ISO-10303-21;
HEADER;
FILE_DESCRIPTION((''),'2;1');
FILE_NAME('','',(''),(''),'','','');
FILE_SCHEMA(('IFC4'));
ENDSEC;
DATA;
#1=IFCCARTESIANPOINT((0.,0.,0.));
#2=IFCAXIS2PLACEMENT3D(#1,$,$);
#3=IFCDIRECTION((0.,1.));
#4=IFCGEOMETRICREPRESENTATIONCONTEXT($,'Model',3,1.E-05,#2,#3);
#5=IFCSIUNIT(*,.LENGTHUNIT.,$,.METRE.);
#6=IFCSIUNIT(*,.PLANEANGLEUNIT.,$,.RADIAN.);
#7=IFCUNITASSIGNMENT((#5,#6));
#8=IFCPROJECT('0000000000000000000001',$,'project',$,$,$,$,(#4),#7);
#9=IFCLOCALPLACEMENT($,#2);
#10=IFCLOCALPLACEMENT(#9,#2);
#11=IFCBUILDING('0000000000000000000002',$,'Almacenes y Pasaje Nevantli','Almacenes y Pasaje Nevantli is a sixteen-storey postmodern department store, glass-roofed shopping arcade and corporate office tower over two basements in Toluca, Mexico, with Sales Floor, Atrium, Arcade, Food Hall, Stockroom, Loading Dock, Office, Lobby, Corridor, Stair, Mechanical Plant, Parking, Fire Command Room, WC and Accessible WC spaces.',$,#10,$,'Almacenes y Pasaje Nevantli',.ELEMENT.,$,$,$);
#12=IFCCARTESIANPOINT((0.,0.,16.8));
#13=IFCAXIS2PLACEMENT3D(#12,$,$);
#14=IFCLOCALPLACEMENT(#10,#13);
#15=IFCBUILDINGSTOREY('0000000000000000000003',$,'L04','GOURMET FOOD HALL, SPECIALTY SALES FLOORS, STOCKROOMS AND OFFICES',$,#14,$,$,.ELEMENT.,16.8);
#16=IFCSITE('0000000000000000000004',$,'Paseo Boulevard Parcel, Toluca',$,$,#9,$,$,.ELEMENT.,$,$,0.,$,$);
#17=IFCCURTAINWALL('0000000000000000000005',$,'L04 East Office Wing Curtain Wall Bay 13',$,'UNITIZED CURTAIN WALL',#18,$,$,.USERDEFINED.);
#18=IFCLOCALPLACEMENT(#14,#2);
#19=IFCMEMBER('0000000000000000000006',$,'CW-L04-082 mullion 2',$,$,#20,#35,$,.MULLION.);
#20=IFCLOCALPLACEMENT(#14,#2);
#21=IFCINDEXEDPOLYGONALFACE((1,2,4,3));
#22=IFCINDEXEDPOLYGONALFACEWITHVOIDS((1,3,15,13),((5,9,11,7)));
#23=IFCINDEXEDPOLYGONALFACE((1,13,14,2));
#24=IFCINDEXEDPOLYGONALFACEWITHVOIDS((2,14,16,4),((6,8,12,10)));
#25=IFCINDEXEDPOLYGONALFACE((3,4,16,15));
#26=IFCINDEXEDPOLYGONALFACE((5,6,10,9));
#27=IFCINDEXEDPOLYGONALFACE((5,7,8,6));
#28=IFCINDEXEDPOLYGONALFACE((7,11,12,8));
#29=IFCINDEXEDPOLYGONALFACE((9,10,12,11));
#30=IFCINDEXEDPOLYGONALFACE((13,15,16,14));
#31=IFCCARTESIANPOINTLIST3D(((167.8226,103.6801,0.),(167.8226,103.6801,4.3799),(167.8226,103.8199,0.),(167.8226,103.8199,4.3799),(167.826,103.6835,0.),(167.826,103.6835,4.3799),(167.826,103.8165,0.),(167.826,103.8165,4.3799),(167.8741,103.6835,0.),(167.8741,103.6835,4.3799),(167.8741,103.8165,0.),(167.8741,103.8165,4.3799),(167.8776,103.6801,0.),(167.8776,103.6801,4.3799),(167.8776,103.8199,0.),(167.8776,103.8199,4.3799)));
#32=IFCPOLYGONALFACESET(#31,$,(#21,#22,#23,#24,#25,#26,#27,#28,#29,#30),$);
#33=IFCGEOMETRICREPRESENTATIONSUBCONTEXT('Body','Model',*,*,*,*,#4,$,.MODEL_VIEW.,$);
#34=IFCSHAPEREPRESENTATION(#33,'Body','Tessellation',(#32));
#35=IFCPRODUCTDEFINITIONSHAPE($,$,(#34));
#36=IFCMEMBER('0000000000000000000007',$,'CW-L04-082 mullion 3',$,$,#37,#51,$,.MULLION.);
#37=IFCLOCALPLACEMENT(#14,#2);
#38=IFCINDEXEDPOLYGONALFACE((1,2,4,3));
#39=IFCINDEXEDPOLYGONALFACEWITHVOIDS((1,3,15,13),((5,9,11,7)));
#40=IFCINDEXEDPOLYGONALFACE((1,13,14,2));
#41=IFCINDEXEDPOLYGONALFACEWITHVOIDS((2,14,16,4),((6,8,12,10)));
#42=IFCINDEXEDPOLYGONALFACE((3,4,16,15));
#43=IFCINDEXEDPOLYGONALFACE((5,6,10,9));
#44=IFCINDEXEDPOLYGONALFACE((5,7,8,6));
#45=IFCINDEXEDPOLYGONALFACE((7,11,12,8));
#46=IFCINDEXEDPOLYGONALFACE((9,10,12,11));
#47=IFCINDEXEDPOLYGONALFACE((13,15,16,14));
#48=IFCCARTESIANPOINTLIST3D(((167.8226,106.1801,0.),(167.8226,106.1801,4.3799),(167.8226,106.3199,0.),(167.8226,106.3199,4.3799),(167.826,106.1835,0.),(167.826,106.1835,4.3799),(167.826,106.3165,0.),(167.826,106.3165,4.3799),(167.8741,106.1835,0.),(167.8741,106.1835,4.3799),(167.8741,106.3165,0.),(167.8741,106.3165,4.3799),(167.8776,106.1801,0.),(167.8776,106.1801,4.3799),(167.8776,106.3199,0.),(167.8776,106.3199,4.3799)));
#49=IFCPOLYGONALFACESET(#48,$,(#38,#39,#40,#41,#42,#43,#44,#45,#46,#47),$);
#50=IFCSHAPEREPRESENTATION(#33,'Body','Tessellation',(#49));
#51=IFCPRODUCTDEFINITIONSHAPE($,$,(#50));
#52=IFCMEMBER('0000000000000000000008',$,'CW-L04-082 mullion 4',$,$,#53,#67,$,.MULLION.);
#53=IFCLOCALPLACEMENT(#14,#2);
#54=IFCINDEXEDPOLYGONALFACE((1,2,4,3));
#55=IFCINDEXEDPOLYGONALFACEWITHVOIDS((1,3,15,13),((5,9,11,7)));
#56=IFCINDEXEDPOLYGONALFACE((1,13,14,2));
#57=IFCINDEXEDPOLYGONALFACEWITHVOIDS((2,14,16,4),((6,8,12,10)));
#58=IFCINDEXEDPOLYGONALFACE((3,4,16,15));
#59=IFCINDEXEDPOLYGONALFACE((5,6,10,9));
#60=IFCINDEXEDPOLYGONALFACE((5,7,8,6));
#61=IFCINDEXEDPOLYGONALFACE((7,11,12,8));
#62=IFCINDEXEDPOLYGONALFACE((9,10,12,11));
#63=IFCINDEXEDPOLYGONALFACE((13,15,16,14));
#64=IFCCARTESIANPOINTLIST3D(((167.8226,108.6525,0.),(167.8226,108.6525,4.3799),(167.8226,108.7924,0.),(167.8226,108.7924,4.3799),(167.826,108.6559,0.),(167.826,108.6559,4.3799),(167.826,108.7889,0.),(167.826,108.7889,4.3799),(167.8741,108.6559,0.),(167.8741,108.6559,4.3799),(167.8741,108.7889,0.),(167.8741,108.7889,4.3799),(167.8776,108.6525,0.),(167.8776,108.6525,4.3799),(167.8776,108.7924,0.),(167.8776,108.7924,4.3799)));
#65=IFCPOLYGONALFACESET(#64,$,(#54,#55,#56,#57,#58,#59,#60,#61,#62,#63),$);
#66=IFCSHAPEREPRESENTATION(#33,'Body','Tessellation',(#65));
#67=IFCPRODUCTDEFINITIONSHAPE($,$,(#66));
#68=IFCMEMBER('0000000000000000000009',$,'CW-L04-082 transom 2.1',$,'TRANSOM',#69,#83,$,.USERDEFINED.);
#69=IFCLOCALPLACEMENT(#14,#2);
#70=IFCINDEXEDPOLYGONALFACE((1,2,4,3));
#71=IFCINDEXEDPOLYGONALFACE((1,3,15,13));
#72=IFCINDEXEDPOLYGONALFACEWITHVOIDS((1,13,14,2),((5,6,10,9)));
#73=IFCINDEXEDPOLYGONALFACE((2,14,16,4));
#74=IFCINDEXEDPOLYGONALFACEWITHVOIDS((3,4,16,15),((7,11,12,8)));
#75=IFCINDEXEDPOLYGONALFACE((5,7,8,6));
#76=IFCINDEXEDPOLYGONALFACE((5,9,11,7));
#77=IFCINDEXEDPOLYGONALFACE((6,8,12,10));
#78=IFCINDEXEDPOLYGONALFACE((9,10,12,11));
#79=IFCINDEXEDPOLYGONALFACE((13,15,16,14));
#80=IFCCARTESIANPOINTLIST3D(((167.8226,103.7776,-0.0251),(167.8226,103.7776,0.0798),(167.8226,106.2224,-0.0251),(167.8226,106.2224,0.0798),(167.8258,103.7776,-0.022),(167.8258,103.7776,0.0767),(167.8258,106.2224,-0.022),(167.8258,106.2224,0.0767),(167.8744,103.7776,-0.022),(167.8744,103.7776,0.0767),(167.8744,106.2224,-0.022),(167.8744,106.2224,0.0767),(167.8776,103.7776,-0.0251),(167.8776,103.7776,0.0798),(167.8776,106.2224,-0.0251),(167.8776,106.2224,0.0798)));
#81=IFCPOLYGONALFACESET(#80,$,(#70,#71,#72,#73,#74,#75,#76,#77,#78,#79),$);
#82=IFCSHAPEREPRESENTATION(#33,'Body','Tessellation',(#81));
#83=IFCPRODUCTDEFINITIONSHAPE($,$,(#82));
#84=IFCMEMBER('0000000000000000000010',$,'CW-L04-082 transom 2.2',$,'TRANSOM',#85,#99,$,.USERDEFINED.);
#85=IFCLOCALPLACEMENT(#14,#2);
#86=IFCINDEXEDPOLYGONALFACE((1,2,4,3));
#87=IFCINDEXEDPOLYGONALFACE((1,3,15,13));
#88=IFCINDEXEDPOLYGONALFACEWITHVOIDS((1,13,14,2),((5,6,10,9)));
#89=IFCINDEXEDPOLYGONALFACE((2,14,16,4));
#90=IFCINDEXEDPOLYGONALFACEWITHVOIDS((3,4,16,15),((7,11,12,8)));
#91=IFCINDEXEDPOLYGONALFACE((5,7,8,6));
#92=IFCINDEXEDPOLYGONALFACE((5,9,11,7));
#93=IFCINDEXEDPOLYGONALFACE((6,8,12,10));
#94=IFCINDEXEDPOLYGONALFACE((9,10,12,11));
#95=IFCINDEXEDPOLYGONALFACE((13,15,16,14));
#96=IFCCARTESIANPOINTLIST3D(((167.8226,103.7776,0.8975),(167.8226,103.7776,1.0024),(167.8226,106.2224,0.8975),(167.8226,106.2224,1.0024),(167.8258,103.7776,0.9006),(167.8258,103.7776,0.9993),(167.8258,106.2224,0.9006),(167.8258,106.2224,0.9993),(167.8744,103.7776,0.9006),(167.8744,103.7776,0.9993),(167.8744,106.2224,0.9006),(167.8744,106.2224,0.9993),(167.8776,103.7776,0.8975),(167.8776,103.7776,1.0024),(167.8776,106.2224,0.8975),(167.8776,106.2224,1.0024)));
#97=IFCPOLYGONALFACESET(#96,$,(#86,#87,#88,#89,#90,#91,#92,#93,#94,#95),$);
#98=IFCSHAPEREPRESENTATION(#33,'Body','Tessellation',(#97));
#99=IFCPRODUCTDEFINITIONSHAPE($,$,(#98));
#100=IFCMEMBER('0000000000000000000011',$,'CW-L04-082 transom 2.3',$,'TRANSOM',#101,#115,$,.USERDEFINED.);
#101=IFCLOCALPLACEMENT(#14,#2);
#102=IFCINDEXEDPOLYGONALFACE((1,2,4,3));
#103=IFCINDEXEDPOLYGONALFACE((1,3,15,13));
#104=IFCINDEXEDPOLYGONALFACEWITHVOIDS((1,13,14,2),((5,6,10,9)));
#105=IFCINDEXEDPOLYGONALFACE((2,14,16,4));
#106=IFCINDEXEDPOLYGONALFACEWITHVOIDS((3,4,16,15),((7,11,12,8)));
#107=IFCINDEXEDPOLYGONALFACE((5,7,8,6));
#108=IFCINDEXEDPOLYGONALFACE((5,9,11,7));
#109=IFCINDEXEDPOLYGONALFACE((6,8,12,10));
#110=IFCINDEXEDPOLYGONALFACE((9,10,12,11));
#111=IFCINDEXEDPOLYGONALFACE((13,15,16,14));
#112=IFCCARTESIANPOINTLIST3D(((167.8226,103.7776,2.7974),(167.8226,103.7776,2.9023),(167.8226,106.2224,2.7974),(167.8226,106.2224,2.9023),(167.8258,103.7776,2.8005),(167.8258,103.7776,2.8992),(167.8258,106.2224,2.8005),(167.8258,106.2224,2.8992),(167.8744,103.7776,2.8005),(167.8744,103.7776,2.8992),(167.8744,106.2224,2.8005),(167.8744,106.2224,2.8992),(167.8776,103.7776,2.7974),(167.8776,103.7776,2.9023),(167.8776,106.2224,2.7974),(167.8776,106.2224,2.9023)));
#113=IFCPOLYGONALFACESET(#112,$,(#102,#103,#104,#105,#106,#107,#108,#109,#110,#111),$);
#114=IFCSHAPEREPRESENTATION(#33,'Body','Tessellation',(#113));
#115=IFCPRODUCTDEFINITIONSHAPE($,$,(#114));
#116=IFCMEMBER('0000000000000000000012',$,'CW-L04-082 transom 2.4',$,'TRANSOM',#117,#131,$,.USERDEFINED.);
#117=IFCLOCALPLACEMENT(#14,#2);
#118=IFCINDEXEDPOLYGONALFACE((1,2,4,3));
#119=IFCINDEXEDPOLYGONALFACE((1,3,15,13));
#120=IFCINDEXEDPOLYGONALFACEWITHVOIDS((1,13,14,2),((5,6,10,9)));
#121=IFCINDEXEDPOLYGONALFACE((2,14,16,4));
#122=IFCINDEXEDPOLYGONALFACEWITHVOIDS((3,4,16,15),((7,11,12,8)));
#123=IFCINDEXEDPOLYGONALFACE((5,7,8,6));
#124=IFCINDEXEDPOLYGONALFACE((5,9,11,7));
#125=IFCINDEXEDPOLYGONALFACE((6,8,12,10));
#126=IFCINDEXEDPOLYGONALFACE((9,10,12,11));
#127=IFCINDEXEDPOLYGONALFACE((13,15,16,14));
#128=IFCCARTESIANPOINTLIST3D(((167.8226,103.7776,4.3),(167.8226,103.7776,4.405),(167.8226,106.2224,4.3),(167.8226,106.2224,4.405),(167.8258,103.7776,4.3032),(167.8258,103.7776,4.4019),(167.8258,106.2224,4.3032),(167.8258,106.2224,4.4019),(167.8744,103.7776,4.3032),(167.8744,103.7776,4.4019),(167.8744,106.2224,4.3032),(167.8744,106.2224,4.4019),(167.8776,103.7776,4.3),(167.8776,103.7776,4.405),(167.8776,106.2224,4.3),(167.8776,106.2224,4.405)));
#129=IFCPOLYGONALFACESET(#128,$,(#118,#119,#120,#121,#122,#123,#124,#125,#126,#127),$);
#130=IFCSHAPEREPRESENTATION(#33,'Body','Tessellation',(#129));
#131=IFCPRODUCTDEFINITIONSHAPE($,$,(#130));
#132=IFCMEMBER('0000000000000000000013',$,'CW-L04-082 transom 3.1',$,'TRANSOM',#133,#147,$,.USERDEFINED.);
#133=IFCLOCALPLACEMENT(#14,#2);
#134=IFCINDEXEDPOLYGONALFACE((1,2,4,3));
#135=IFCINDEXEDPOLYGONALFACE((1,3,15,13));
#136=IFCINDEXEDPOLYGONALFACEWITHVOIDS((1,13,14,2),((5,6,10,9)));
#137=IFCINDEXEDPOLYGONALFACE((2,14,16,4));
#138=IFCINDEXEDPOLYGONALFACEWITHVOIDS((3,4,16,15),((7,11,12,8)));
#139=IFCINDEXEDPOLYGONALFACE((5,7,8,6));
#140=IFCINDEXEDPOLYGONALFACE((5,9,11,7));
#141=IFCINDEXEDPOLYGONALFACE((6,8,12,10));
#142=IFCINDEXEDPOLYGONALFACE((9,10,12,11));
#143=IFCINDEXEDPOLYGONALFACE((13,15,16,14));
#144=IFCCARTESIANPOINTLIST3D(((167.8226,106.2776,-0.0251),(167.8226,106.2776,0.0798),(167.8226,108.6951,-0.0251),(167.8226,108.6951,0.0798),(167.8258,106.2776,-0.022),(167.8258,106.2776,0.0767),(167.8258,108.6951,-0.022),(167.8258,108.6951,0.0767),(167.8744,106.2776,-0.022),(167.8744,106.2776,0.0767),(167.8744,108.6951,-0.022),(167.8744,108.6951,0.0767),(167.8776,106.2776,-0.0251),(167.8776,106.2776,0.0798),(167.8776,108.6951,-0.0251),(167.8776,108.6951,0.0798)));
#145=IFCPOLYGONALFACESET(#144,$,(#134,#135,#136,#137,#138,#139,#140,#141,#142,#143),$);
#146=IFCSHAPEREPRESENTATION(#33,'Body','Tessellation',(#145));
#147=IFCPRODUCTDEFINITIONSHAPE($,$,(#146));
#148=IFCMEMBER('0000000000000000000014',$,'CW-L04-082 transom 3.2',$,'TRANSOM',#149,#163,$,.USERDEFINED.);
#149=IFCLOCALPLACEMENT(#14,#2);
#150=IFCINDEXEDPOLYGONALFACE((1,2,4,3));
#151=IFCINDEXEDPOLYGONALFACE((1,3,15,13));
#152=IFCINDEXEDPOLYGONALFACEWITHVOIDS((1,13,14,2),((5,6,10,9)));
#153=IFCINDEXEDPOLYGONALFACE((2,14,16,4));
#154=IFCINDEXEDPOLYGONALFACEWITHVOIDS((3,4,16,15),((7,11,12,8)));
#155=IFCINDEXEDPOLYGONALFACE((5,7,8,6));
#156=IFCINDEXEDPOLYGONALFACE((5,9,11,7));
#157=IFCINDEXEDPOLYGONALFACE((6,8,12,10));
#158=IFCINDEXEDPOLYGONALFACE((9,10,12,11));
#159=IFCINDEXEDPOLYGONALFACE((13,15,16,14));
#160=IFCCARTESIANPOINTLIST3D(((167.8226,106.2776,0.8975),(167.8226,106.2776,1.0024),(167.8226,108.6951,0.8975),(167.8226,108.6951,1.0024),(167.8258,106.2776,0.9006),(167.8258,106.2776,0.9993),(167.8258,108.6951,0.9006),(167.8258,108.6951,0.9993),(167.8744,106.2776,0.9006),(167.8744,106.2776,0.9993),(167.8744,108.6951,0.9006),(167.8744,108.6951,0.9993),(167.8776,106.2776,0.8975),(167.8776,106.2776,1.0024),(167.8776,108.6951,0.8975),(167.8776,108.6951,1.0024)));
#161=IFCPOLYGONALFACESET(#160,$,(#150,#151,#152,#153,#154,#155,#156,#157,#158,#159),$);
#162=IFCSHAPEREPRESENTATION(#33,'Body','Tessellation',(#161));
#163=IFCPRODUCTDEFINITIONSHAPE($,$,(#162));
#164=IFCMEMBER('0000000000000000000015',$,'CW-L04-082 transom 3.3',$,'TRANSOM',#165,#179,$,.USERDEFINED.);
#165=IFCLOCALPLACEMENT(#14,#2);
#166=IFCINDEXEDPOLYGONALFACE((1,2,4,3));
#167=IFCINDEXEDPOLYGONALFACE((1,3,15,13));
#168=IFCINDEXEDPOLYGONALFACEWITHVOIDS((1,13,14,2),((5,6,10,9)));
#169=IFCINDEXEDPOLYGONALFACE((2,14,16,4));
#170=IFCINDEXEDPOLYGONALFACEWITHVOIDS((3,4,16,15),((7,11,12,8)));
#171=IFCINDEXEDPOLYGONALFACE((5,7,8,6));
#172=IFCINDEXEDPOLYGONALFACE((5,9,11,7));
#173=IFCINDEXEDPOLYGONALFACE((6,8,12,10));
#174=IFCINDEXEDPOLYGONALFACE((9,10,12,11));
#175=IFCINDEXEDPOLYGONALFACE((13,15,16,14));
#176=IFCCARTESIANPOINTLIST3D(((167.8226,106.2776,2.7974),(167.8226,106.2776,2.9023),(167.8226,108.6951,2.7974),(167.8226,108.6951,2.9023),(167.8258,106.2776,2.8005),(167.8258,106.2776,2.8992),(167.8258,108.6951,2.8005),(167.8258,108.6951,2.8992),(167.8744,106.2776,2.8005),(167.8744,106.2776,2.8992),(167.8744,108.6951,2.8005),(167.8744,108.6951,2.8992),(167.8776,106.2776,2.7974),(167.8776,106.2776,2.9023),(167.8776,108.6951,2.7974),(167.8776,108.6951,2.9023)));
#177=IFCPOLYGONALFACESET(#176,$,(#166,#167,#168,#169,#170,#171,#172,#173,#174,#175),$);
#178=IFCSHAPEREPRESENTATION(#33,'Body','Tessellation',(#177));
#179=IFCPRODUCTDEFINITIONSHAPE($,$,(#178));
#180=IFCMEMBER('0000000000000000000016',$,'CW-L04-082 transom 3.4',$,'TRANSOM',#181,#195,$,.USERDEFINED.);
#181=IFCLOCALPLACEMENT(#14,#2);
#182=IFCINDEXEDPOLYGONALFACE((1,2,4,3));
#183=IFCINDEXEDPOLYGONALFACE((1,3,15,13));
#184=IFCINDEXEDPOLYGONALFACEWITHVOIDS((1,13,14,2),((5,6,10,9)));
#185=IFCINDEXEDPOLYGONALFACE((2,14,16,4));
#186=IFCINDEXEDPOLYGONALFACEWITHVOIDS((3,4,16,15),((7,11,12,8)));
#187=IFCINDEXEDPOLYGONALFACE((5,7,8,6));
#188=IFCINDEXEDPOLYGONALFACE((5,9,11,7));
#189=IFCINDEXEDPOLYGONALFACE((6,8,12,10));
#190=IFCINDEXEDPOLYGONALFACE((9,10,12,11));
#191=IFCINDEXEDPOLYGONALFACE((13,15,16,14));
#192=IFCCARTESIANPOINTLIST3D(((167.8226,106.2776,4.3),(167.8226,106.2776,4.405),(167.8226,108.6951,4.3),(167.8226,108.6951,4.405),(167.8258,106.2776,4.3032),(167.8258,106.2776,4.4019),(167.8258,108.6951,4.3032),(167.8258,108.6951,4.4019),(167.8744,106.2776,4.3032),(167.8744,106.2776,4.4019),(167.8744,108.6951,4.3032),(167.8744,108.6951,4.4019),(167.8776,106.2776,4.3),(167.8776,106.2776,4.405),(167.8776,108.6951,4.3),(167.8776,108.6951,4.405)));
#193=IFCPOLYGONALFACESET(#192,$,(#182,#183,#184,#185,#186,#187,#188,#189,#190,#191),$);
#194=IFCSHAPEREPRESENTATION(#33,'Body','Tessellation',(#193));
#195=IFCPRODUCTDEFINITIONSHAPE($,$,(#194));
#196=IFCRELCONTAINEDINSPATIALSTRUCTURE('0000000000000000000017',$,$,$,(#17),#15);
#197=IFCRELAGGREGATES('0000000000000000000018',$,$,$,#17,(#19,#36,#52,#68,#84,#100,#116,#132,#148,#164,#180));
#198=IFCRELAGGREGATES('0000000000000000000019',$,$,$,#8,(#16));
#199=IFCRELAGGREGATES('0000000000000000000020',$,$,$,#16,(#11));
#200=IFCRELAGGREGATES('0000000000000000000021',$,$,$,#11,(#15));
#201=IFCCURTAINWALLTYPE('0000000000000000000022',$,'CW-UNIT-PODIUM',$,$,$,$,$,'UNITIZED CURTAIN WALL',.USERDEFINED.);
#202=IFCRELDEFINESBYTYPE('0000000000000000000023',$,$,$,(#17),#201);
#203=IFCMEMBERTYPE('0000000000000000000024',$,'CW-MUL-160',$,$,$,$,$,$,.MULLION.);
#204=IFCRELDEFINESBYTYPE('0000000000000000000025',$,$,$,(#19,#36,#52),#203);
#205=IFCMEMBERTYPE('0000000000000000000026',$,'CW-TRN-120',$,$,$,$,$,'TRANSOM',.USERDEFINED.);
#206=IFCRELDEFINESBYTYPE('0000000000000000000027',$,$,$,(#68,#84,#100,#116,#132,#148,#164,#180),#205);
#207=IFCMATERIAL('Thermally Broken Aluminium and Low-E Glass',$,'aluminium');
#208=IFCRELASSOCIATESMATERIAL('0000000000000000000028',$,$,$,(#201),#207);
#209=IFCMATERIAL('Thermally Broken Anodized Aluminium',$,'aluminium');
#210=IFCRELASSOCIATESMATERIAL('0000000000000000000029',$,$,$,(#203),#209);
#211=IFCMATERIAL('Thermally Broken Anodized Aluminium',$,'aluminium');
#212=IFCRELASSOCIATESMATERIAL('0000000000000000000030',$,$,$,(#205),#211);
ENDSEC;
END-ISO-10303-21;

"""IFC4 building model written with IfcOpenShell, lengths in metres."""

from ifc_helpers import new_model, si_unit, direction, frame, origin, origin_2d, place, context, subcontext, project, spatial, hollow_rectangle, extrude, material, material_profile, profile_set, type_object, element, aggregate, save


model = new_model("IFC4")

# Units and contexts
model_context = context("Model", 3, precision=1e-05, world=origin(), true_north=direction((0.0, 1.0)))
body_context = subcontext(model_context, "Body", "Model", "MODEL_VIEW")
ifc_project = project(units=[si_unit("LENGTHUNIT", "METRE"), si_unit("PLANEANGLEUNIT", "RADIAN")], contexts=[model_context])

# Site, building, storey
site_placement = place(None, origin())
site = spatial("IfcSite", under=ifc_project, at=site_placement, Name="Paseo Boulevard Parcel, Toluca", CompositionType="ELEMENT", RefElevation=0.0)
building_placement = place(site_placement, origin())
building = spatial("IfcBuilding", under=site, at=building_placement, Name="Almacenes y Pasaje Nevantli", Description="Almacenes y Pasaje Nevantli is a sixteen-storey postmodern department store, glass-roofed shopping arcade and corporate office tower over two basements in Toluca, Mexico, with Sales Floor, Atrium, Arcade, Food Hall, Stockroom, Loading Dock, Office, Lobby, Corridor, Stair, Mechanical Plant, Parking, Fire Command Room, WC and Accessible WC spaces.", LongName="Almacenes y Pasaje Nevantli", CompositionType="ELEMENT")
storey_placement = place(building_placement, frame((0.0, 0.0, 16.8)))
storey = spatial("IfcBuildingStorey", under=building, at=storey_placement, Name="L04", Description="GOURMET FOOD HALL, SPECIALTY SALES FLOORS, STOCKROOMS AND OFFICES", CompositionType="ELEMENT", Elevation=16.8)

# Curtain wall, members
ifc_material_1 = material(Name="Thermally Broken Aluminium and Low-E Glass", Category="aluminium")
curtain_wall_type = type_object("IfcCurtainWallType", Name="CW-UNIT-PODIUM", ElementType="UNITIZED CURTAIN WALL", PredefinedType="USERDEFINED", material=ifc_material_1)
curtain_wall_placement = place(storey_placement, origin())
curtain_wall = element("IfcCurtainWall", 1, at=curtain_wall_placement, inside=storey, type_object=curtain_wall_type, Name="L04 East Office Wing Curtain Wall Bay 13", ObjectType="UNITIZED CURTAIN WALL", PredefinedType="USERDEFINED")
ifc_material_2 = material(Name="Thermally Broken Anodized Aluminium", Category="aluminium")
ifc_material_profile_1 = material_profile(ifc_material_2, hollow_rectangle(XDim=0.0549, YDim=0.1399, WallThickness=0.0034, at=origin_2d()), Name="ALU-MUL-55x140")
ifc_profile_set_1 = profile_set([ifc_material_profile_1], Name="Thermally Broken Anodized Aluminium")
member_type_1 = type_object("IfcMemberType", Name="CW-MUL-160", PredefinedType="MULLION", material=ifc_profile_set_1)
member_1_placement = place(storey_placement, frame((167.8501, 103.75, 0.0), z_axis=(0.0, 0.0, 1.0), x_axis=(-1.0, 0.0, 0.0)))
member_1 = element("IfcMember", 2, at=member_1_placement, type_object=member_type_1, Name="CW-L04-082 mullion 2", PredefinedType="MULLION", context=body_context, shape_type="SweptSolid", body=[
    extrude(hollow_rectangle(XDim=0.0549, YDim=0.1399, WallThickness=0.0034, at=origin_2d()), origin(), (0.0, 0.0, 1.0), 4.3799),
])
member_2_placement = place(storey_placement, frame((167.8501, 106.25, 0.0), z_axis=(0.0, 0.0, 1.0), x_axis=(-1.0, 0.0, 0.0)))
member_2 = element("IfcMember", 3, at=member_2_placement, type_object=member_type_1, Name="CW-L04-082 mullion 3", PredefinedType="MULLION", context=body_context, shape_type="SweptSolid", body=[
    extrude(hollow_rectangle(XDim=0.0549, YDim=0.1399, WallThickness=0.0034, at=origin_2d()), origin(), (0.0, 0.0, 1.0), 4.3799),
])
member_3_placement = place(storey_placement, frame((167.8501, 108.7224, 0.0), z_axis=(0.0, 0.0, 1.0), x_axis=(-1.0, 0.0, 0.0)))
member_3 = element("IfcMember", 4, at=member_3_placement, type_object=member_type_1, Name="CW-L04-082 mullion 4", PredefinedType="MULLION", context=body_context, shape_type="SweptSolid", body=[
    extrude(hollow_rectangle(XDim=0.0549, YDim=0.1399, WallThickness=0.0034, at=origin_2d()), origin(), (0.0, 0.0, 1.0), 4.3799),
])
ifc_material_3 = material(Name="Thermally Broken Anodized Aluminium", Category="aluminium")
ifc_material_profile_2 = material_profile(ifc_material_3, hollow_rectangle(XDim=0.0549, YDim=0.105, WallThickness=0.0032, at=origin_2d()), Name="ALU-TRN-55x105")
ifc_profile_set_2 = profile_set([ifc_material_profile_2], Name="Thermally Broken Anodized Aluminium")
member_type_2 = type_object("IfcMemberType", Name="CW-TRN-120", ElementType="TRANSOM", PredefinedType="USERDEFINED", material=ifc_profile_set_2)
member_4_placement = place(storey_placement, frame((167.8501, 103.7776, 0.0273), z_axis=(0.0, 1.0, 0.0), x_axis=(-1.0, 0.0, 0.0)))
member_4 = element("IfcMember", 5, at=member_4_placement, type_object=member_type_2, Name="CW-L04-082 transom 2.1", ObjectType="TRANSOM", PredefinedType="USERDEFINED", context=body_context, shape_type="SweptSolid", body=[
    extrude(hollow_rectangle(XDim=0.0549, YDim=0.105, WallThickness=0.0032, at=origin_2d()), origin(), (0.0, 0.0, 1.0), 2.4448),
])
member_5_placement = place(storey_placement, frame((167.8501, 103.7776, 0.95), z_axis=(0.0, 1.0, 0.0), x_axis=(-1.0, 0.0, 0.0)))
member_5 = element("IfcMember", 6, at=member_5_placement, type_object=member_type_2, Name="CW-L04-082 transom 2.2", ObjectType="TRANSOM", PredefinedType="USERDEFINED", context=body_context, shape_type="SweptSolid", body=[
    extrude(hollow_rectangle(XDim=0.0549, YDim=0.105, WallThickness=0.0032, at=origin_2d()), origin(), (0.0, 0.0, 1.0), 2.4448),
])
member_6_placement = place(storey_placement, frame((167.8501, 103.7776, 2.8499), z_axis=(0.0, 1.0, 0.0), x_axis=(-1.0, 0.0, 0.0)))
member_6 = element("IfcMember", 7, at=member_6_placement, type_object=member_type_2, Name="CW-L04-082 transom 2.3", ObjectType="TRANSOM", PredefinedType="USERDEFINED", context=body_context, shape_type="SweptSolid", body=[
    extrude(hollow_rectangle(XDim=0.0549, YDim=0.105, WallThickness=0.0032, at=origin_2d()), origin(), (0.0, 0.0, 1.0), 2.4448),
])
member_7_placement = place(storey_placement, frame((167.8501, 103.7776, 4.3525), z_axis=(0.0, 1.0, 0.0), x_axis=(-1.0, 0.0, 0.0)))
member_7 = element("IfcMember", 8, at=member_7_placement, type_object=member_type_2, Name="CW-L04-082 transom 2.4", ObjectType="TRANSOM", PredefinedType="USERDEFINED", context=body_context, shape_type="SweptSolid", body=[
    extrude(hollow_rectangle(XDim=0.0549, YDim=0.105, WallThickness=0.0032, at=origin_2d()), origin(), (0.0, 0.0, 1.0), 2.4448),
])
member_8_placement = place(storey_placement, frame((167.8501, 106.2776, 0.0273), z_axis=(0.0, 1.0, 0.0), x_axis=(-1.0, 0.0, 0.0)))
member_8 = element("IfcMember", 9, at=member_8_placement, type_object=member_type_2, Name="CW-L04-082 transom 3.1", ObjectType="TRANSOM", PredefinedType="USERDEFINED", context=body_context, shape_type="SweptSolid", body=[
    extrude(hollow_rectangle(XDim=0.0549, YDim=0.105, WallThickness=0.0032, at=origin_2d()), origin(), (0.0, 0.0, 1.0), 2.4175),
])
member_9_placement = place(storey_placement, frame((167.8501, 106.2776, 0.95), z_axis=(0.0, 1.0, 0.0), x_axis=(-1.0, 0.0, 0.0)))
member_9 = element("IfcMember", 10, at=member_9_placement, type_object=member_type_2, Name="CW-L04-082 transom 3.2", ObjectType="TRANSOM", PredefinedType="USERDEFINED", context=body_context, shape_type="SweptSolid", body=[
    extrude(hollow_rectangle(XDim=0.0549, YDim=0.105, WallThickness=0.0032, at=origin_2d()), origin(), (0.0, 0.0, 1.0), 2.4175),
])
member_10_placement = place(storey_placement, frame((167.8501, 106.2776, 2.8499), z_axis=(0.0, 1.0, 0.0), x_axis=(-1.0, 0.0, 0.0)))
member_10 = element("IfcMember", 11, at=member_10_placement, type_object=member_type_2, Name="CW-L04-082 transom 3.3", ObjectType="TRANSOM", PredefinedType="USERDEFINED", context=body_context, shape_type="SweptSolid", body=[
    extrude(hollow_rectangle(XDim=0.0549, YDim=0.105, WallThickness=0.0032, at=origin_2d()), origin(), (0.0, 0.0, 1.0), 2.4175),
])
member_11_placement = place(storey_placement, frame((167.8501, 106.2776, 4.3525), z_axis=(0.0, 1.0, 0.0), x_axis=(-1.0, 0.0, 0.0)))
member_11 = element("IfcMember", 12, at=member_11_placement, type_object=member_type_2, Name="CW-L04-082 transom 3.4", ObjectType="TRANSOM", PredefinedType="USERDEFINED", context=body_context, shape_type="SweptSolid", body=[
    extrude(hollow_rectangle(XDim=0.0549, YDim=0.105, WallThickness=0.0032, at=origin_2d()), origin(), (0.0, 0.0, 1.0), 2.4175),
])
aggregate(curtain_wall, [member_1, member_2, member_3, member_4, member_5, member_6, member_7, member_8, member_9, member_10, member_11])

save(model, "model.ifc")
